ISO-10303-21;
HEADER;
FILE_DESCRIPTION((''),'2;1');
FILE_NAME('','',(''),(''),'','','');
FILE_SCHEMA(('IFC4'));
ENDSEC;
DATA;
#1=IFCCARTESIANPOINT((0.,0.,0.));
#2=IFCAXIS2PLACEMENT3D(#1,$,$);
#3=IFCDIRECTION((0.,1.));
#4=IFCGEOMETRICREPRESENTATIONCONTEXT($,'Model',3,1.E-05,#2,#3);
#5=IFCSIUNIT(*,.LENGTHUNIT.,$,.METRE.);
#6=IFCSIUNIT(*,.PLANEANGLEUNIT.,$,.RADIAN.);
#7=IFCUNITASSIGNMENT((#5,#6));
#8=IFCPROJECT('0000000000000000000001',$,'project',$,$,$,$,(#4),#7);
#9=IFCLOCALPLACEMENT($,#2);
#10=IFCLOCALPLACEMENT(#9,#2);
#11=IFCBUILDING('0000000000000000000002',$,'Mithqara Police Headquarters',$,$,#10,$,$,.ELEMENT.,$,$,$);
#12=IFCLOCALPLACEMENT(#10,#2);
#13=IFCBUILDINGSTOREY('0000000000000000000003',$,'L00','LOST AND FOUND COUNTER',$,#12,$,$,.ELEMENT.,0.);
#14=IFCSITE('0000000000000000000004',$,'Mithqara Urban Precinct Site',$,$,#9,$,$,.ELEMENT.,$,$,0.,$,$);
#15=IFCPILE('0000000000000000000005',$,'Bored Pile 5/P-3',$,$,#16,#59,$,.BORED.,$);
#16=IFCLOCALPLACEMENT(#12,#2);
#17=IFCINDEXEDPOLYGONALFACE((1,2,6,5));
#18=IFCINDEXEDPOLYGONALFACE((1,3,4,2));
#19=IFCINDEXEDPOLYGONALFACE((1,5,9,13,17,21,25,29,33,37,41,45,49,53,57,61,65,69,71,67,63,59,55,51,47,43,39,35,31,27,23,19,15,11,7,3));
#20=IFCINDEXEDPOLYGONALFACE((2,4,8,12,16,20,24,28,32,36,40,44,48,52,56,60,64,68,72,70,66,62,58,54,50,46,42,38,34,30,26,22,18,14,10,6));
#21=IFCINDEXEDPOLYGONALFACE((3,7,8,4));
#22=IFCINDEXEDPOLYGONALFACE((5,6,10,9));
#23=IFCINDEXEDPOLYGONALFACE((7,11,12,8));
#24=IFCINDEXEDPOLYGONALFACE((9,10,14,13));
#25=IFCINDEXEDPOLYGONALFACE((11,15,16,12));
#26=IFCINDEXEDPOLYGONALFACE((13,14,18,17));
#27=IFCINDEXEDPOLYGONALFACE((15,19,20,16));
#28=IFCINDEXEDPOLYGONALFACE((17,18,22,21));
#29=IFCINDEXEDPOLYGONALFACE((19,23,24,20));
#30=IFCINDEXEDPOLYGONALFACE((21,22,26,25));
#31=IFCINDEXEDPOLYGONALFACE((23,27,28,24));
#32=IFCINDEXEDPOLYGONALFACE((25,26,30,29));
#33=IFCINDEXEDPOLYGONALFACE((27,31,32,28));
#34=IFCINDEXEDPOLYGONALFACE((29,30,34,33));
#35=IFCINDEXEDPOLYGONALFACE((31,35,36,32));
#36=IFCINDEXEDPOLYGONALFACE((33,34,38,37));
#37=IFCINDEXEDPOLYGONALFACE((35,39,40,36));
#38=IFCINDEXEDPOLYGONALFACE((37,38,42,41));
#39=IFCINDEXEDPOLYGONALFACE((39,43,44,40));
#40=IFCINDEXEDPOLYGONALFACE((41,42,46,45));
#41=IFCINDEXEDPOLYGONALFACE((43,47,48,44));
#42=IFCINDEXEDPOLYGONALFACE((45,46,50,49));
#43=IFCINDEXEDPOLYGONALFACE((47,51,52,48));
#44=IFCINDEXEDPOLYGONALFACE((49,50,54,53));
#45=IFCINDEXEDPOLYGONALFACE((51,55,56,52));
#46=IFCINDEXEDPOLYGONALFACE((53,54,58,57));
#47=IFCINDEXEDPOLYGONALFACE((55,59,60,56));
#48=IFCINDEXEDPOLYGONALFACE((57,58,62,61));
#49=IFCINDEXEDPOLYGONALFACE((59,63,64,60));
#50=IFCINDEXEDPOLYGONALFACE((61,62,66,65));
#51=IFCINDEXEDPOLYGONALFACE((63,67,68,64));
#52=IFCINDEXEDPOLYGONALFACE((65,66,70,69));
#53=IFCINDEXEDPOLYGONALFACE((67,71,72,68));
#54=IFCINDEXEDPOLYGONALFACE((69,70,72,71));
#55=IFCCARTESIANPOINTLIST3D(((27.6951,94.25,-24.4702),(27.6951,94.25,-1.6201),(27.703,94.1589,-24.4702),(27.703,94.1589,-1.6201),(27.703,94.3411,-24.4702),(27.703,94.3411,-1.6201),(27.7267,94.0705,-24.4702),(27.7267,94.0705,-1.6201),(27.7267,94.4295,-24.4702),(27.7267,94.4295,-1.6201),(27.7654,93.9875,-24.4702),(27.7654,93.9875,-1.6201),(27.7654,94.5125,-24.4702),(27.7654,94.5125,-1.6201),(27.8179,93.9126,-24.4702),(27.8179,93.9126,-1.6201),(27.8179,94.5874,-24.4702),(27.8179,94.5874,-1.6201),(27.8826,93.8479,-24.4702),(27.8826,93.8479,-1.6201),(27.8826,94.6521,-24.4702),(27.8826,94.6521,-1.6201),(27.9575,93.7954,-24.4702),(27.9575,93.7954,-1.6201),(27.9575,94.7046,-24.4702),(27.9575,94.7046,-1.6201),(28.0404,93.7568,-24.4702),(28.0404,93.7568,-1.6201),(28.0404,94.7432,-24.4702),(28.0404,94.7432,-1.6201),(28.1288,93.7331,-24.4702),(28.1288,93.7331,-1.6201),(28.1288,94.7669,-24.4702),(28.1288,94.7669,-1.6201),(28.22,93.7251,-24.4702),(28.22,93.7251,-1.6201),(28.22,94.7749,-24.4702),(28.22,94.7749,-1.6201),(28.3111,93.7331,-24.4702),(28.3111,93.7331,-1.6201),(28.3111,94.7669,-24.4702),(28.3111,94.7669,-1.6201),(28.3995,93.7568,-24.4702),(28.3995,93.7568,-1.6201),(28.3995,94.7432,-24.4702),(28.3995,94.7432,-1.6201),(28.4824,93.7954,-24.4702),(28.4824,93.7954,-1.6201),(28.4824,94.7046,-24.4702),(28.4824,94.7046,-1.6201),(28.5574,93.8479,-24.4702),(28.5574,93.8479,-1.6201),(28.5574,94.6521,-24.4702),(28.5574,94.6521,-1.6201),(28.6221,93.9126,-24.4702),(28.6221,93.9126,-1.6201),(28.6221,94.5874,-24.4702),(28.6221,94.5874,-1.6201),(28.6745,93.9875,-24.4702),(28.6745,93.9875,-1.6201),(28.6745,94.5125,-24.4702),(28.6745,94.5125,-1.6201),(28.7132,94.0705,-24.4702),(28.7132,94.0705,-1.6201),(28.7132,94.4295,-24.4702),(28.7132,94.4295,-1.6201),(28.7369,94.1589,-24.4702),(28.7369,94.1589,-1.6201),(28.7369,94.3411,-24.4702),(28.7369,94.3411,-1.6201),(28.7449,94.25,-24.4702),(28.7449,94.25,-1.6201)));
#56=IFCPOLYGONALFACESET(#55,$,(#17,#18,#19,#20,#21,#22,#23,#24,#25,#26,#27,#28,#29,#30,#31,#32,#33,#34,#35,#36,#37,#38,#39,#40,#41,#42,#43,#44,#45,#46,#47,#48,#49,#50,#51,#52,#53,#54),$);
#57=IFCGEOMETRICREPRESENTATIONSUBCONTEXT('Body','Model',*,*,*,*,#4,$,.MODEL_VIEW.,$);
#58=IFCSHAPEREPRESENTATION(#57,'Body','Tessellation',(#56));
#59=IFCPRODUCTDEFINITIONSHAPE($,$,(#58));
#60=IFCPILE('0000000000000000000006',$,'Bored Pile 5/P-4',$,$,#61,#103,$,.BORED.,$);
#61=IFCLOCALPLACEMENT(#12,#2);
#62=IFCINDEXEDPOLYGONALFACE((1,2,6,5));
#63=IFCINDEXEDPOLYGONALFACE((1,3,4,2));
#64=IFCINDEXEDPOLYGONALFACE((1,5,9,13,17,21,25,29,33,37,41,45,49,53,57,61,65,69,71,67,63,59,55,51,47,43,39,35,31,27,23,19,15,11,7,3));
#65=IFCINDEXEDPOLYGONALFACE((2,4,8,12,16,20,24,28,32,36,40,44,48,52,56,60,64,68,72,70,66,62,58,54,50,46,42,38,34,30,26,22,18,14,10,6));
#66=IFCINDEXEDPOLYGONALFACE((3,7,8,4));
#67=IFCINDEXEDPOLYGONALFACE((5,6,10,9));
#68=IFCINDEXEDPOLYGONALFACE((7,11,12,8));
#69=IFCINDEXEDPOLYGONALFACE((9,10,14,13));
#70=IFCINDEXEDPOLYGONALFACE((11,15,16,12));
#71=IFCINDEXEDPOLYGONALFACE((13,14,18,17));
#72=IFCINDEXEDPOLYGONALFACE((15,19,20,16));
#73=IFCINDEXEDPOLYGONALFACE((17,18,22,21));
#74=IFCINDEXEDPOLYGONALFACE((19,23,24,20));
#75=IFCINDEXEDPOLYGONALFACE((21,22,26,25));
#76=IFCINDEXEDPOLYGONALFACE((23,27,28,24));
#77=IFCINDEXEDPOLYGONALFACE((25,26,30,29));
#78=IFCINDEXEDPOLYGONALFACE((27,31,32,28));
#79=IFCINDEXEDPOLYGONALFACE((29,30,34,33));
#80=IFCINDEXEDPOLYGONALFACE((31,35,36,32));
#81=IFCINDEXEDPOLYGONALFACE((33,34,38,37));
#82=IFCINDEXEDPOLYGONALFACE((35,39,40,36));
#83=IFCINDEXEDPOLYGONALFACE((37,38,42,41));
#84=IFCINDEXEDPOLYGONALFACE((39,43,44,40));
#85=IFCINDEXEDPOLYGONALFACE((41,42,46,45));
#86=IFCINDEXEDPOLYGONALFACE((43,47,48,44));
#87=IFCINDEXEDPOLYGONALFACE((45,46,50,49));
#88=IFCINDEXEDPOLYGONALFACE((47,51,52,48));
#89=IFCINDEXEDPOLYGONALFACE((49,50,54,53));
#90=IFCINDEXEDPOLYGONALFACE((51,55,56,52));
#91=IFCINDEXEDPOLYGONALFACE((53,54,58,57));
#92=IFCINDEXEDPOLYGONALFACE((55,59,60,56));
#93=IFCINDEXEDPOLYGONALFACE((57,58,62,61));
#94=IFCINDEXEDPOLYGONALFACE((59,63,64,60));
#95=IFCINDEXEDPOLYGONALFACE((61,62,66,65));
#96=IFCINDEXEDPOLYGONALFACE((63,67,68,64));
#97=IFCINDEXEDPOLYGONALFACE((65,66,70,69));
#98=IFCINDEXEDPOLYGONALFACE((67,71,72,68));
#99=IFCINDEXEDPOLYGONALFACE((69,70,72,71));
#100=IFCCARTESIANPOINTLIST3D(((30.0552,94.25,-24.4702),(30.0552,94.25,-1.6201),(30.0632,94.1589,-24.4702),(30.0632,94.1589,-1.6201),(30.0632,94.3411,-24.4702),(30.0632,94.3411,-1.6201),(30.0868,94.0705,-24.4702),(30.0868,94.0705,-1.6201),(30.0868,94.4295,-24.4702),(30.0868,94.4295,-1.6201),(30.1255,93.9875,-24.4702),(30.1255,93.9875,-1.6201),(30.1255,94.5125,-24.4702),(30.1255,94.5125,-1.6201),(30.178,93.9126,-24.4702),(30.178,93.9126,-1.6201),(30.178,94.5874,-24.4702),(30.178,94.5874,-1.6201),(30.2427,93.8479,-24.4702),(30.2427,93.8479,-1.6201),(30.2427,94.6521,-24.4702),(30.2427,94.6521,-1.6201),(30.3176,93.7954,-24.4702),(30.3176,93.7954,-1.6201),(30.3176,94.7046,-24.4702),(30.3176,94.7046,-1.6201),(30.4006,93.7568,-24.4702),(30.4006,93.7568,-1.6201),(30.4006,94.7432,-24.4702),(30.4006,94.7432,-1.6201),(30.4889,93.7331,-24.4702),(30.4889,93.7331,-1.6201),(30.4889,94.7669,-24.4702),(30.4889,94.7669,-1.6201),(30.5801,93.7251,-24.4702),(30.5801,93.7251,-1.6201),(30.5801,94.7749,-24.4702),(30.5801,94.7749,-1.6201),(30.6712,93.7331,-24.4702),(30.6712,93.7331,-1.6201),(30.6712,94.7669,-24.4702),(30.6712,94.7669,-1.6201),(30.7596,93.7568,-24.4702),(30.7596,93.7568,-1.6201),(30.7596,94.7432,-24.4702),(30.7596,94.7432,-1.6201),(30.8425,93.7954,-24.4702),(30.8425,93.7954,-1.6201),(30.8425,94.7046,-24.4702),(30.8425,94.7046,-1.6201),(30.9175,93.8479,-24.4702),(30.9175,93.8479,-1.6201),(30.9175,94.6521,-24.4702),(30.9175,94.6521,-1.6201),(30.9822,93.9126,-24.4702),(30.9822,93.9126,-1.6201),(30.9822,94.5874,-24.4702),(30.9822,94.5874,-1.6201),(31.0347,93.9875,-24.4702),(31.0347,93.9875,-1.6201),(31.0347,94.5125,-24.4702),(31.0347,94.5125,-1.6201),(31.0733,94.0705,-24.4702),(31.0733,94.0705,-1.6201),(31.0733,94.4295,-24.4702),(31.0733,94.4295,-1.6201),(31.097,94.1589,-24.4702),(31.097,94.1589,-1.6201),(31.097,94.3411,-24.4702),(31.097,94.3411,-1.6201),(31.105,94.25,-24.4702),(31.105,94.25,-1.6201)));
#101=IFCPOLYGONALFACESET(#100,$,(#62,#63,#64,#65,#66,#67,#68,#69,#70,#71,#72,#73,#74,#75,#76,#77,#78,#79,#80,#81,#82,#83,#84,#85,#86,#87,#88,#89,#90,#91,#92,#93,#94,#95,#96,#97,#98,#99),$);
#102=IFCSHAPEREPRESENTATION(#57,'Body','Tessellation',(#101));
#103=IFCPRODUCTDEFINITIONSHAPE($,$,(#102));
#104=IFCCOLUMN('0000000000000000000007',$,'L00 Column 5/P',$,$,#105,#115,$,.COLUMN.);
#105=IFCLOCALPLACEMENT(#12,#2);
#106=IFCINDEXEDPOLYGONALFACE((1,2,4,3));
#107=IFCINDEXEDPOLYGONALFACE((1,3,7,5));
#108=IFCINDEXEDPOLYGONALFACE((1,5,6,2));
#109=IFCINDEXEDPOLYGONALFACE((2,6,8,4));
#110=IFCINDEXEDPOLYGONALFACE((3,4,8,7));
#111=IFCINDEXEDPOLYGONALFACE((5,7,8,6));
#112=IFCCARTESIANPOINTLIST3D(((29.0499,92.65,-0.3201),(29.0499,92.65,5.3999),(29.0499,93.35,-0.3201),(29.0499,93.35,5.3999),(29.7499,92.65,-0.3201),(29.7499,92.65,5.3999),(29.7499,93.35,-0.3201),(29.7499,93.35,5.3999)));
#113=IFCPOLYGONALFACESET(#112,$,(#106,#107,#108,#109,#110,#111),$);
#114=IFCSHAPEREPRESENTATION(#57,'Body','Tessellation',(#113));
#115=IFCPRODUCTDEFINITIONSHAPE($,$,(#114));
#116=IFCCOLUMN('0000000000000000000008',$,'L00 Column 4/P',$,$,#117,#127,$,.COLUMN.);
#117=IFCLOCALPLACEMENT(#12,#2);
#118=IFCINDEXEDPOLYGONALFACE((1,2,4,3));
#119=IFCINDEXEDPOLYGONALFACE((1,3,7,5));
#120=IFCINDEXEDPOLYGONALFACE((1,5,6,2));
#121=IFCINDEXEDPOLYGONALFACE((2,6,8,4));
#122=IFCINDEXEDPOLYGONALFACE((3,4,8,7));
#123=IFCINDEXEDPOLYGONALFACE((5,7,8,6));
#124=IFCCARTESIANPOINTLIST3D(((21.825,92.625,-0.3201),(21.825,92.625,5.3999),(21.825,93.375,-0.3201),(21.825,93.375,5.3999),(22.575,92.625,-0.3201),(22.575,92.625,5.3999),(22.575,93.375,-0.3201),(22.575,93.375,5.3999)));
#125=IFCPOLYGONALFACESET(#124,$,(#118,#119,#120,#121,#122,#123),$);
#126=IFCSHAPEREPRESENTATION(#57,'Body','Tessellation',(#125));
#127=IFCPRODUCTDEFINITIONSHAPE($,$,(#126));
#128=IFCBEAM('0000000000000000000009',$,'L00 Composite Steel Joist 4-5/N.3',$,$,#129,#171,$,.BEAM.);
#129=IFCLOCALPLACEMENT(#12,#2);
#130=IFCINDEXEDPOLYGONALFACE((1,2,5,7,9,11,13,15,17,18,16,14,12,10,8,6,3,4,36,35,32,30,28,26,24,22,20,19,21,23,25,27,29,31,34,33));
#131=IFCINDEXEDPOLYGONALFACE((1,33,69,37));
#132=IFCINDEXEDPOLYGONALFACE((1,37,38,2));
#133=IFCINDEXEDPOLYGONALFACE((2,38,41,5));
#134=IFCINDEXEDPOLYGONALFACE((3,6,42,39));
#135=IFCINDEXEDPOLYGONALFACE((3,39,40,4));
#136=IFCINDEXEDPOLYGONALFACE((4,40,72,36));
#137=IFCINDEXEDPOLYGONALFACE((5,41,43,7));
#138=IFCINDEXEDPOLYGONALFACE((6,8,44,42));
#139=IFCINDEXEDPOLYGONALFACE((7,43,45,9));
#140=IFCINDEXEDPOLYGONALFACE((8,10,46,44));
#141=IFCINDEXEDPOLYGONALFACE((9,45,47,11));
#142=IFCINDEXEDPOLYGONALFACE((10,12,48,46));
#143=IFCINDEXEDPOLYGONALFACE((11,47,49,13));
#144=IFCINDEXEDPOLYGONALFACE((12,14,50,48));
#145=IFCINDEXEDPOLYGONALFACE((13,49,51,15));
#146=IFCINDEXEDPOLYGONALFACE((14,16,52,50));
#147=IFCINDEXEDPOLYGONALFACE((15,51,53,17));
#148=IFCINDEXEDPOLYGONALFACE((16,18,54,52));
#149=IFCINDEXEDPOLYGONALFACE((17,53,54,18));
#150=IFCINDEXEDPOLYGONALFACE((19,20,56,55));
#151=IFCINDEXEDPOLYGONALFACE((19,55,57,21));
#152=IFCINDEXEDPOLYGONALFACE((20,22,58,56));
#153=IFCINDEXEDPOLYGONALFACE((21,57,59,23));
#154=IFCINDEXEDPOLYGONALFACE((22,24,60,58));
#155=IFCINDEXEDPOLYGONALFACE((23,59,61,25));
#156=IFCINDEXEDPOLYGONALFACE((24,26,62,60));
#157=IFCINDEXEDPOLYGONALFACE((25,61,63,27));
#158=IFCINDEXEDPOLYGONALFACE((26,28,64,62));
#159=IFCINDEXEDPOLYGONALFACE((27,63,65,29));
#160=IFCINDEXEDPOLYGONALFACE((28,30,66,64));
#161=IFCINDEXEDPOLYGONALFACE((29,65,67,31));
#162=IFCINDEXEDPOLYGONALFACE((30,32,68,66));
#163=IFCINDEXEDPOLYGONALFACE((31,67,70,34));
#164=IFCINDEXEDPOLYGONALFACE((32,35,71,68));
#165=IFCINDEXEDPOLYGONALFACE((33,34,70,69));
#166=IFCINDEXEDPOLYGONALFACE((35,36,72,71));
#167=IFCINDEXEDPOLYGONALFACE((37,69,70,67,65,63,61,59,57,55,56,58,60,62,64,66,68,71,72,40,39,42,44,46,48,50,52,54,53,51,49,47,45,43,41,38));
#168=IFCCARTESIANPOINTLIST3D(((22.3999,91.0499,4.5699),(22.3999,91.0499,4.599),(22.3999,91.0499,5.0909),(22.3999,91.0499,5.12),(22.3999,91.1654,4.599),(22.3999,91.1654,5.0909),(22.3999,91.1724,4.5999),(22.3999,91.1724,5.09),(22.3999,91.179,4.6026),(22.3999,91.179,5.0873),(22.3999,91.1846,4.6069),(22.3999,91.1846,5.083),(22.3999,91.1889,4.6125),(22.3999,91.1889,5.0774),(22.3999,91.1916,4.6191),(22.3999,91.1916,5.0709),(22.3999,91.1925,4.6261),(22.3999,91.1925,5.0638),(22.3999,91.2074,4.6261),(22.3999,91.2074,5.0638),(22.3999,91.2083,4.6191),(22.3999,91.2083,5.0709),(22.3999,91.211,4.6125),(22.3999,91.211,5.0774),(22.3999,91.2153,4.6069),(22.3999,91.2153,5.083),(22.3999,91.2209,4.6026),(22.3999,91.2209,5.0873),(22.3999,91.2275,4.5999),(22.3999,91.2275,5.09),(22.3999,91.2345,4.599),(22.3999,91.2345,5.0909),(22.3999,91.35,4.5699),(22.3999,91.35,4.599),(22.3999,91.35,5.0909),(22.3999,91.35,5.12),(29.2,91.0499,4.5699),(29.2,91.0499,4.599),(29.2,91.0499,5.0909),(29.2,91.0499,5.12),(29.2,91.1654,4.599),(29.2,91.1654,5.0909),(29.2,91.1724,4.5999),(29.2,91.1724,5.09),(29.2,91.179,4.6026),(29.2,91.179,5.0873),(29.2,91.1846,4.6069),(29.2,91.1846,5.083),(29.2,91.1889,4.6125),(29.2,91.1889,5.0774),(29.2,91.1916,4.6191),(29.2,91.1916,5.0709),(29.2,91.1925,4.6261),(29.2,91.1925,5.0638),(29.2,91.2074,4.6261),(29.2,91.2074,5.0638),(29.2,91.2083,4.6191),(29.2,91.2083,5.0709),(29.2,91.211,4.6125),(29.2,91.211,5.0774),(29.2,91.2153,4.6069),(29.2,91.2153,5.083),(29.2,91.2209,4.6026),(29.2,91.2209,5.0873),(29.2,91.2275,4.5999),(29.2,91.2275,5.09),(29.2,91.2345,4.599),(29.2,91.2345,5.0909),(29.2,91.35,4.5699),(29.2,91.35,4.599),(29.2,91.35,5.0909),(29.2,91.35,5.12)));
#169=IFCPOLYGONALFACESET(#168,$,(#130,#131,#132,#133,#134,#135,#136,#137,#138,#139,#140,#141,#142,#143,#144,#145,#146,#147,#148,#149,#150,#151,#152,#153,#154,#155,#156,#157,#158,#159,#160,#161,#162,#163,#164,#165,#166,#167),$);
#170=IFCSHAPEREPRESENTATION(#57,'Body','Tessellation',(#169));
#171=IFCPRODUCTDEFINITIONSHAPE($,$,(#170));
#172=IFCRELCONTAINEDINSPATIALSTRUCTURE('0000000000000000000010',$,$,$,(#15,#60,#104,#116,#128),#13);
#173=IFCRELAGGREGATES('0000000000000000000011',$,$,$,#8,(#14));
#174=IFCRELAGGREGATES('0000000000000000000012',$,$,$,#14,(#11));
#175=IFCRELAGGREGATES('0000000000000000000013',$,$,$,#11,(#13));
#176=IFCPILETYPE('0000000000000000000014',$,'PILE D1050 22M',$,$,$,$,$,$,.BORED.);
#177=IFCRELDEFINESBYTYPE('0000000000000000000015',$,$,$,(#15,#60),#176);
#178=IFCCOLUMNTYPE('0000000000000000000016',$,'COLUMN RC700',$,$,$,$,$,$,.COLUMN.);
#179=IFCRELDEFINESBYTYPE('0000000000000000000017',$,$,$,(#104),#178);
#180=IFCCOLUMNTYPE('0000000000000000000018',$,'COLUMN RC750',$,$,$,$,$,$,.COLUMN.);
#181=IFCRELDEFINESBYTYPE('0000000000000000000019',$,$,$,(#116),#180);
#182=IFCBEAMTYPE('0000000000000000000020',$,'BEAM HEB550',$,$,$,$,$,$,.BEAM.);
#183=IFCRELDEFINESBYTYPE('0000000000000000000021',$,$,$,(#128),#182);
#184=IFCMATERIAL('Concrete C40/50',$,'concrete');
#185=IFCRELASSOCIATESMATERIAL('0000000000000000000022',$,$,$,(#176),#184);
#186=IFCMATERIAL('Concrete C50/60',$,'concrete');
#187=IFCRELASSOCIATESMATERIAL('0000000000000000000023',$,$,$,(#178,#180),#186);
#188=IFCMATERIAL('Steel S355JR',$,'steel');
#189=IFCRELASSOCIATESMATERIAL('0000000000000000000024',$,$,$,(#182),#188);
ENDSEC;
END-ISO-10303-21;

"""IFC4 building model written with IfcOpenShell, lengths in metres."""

from ifc_helpers import new_model, si_unit, direction, frame, origin, origin_2d, place, context, subcontext, project, spatial, rectangle, circle, i_section, extrude, material, material_profile, profile_set, type_object, element, save


model = new_model("IFC4")

# Units and contexts
model_context = context("Model", 3, precision=1e-05, world=origin(), true_north=direction((0.0, 1.0)))
body_context = subcontext(model_context, "Body", "Model", "MODEL_VIEW")
ifc_project = project(units=[si_unit("LENGTHUNIT", "METRE"), si_unit("PLANEANGLEUNIT", "RADIAN")], contexts=[model_context])

# Site, building, storey
site_placement = place(None, origin())
site = spatial("IfcSite", under=ifc_project, at=site_placement, Name="Mithqara Urban Precinct Site", CompositionType="ELEMENT", RefElevation=0.0)
building_placement = place(site_placement, origin())
building = spatial("IfcBuilding", under=site, at=building_placement, Name="Mithqara Police Headquarters", CompositionType="ELEMENT")
storey_placement = place(building_placement, origin())
storey = spatial("IfcBuildingStorey", under=building, at=storey_placement, Name="L00", Description="LOST AND FOUND COUNTER", CompositionType="ELEMENT", Elevation=0.0)

# Shared definitions
ifc_material_1 = material(Name="Concrete C40/50", Category="concrete")

# Piles
ifc_material_profile_1 = material_profile(ifc_material_1, circle(Radius=0.5249, at=origin_2d()), Name="PILE D1050")
ifc_profile_set_1 = profile_set([ifc_material_profile_1], Name="Concrete C40/50")
pile_type = type_object("IfcPileType", Name="PILE D1050 22M", PredefinedType="BORED", material=ifc_profile_set_1)
for number, where, z_axis, x_axis, name in (
    (1, (28.22, 94.25, -1.6201), (0.0, 0.0, -1.0), (1.0, 0.0, 0.0), "Bored Pile 5/P-3"),
    (2, (30.5801, 94.25, -1.6201), (0.0, 0.0, -1.0), (1.0, 0.0, 0.0), "Bored Pile 5/P-4"),
):
    element("IfcPile", number, at=place(storey_placement, frame(where, z_axis=z_axis, x_axis=x_axis)), inside=storey, type_object=pile_type, Name=name, PredefinedType="BORED", context=body_context, shape_type="SweptSolid", body=[
        extrude(circle(Radius=0.5249, at=origin_2d()), origin(), (0.0, 0.0, 1.0), 22.8501),
    ])

# Columns
ifc_material_2 = material(Name="Concrete C50/60", Category="concrete")
ifc_material_profile_2 = material_profile(ifc_material_2, rectangle(XDim=0.7, YDim=0.7, at=origin_2d()), Name="RC 700x700")
ifc_profile_set_2 = profile_set([ifc_material_profile_2], Name="Concrete C50/60")
column_type_1 = type_object("IfcColumnType", Name="COLUMN RC700", PredefinedType="COLUMN", material=ifc_profile_set_2)
column_1_placement = place(storey_placement, frame((29.3999, 93.0, -0.3201), z_axis=(0.0, 0.0, 1.0), x_axis=(1.0, 0.0, 0.0)))
element("IfcColumn", 3, at=column_1_placement, inside=storey, type_object=column_type_1, Name="L00 Column 5/P", PredefinedType="COLUMN", context=body_context, shape_type="SweptSolid", body=[
    extrude(rectangle(XDim=0.7, YDim=0.7, at=origin_2d()), origin(), (0.0, 0.0, 1.0), 5.72),
])
ifc_material_profile_3 = material_profile(ifc_material_2, rectangle(XDim=0.75, YDim=0.75, at=origin_2d()), Name="RC 750x750")
ifc_profile_set_3 = profile_set([ifc_material_profile_3], Name="Concrete C50/60")
column_type_2 = type_object("IfcColumnType", Name="COLUMN RC750", PredefinedType="COLUMN", material=ifc_profile_set_3)
column_2_placement = place(storey_placement, frame((22.2, 93.0, -0.3201), z_axis=(0.0, 0.0, 1.0), x_axis=(1.0, 0.0, 0.0)))
element("IfcColumn", 4, at=column_2_placement, inside=storey, type_object=column_type_2, Name="L00 Column 4/P", PredefinedType="COLUMN", context=body_context, shape_type="SweptSolid", body=[
    extrude(rectangle(XDim=0.75, YDim=0.75, at=origin_2d()), origin(), (0.0, 0.0, 1.0), 5.72),
])

# Beam
ifc_material_3 = material(Name="Steel S355JR", Category="steel")
ifc_material_profile_4 = material_profile(ifc_material_3, i_section(OverallWidth=0.3, OverallDepth=0.55, WebThickness=0.0149, FlangeThickness=0.0291, FilletRadius=0.0271, at=origin_2d()), Name="HEB 550")
ifc_profile_set_4 = profile_set([ifc_material_profile_4], Name="Steel S355JR")
beam_type_1 = type_object("IfcBeamType", Name="BEAM HEB550", PredefinedType="BEAM", material=ifc_profile_set_4)
beam_1_placement = place(storey_placement, frame((22.3999, 91.2, 4.845), z_axis=(1.0, 0.0, 0.0), x_axis=(0.0, 1.0, 0.0)))
element("IfcBeam", 5, at=beam_1_placement, inside=storey, type_object=beam_type_1, Name="L00 Composite Steel Joist 4-5/N.3", PredefinedType="BEAM", context=body_context, shape_type="SweptSolid", body=[
    extrude(i_section(OverallWidth=0.3, OverallDepth=0.55, WebThickness=0.0149, FlangeThickness=0.0291, FilletRadius=0.0271, at=origin_2d()), origin(), (0.0, 0.0, 1.0), 6.8),
])

save(model, "model.ifc")
